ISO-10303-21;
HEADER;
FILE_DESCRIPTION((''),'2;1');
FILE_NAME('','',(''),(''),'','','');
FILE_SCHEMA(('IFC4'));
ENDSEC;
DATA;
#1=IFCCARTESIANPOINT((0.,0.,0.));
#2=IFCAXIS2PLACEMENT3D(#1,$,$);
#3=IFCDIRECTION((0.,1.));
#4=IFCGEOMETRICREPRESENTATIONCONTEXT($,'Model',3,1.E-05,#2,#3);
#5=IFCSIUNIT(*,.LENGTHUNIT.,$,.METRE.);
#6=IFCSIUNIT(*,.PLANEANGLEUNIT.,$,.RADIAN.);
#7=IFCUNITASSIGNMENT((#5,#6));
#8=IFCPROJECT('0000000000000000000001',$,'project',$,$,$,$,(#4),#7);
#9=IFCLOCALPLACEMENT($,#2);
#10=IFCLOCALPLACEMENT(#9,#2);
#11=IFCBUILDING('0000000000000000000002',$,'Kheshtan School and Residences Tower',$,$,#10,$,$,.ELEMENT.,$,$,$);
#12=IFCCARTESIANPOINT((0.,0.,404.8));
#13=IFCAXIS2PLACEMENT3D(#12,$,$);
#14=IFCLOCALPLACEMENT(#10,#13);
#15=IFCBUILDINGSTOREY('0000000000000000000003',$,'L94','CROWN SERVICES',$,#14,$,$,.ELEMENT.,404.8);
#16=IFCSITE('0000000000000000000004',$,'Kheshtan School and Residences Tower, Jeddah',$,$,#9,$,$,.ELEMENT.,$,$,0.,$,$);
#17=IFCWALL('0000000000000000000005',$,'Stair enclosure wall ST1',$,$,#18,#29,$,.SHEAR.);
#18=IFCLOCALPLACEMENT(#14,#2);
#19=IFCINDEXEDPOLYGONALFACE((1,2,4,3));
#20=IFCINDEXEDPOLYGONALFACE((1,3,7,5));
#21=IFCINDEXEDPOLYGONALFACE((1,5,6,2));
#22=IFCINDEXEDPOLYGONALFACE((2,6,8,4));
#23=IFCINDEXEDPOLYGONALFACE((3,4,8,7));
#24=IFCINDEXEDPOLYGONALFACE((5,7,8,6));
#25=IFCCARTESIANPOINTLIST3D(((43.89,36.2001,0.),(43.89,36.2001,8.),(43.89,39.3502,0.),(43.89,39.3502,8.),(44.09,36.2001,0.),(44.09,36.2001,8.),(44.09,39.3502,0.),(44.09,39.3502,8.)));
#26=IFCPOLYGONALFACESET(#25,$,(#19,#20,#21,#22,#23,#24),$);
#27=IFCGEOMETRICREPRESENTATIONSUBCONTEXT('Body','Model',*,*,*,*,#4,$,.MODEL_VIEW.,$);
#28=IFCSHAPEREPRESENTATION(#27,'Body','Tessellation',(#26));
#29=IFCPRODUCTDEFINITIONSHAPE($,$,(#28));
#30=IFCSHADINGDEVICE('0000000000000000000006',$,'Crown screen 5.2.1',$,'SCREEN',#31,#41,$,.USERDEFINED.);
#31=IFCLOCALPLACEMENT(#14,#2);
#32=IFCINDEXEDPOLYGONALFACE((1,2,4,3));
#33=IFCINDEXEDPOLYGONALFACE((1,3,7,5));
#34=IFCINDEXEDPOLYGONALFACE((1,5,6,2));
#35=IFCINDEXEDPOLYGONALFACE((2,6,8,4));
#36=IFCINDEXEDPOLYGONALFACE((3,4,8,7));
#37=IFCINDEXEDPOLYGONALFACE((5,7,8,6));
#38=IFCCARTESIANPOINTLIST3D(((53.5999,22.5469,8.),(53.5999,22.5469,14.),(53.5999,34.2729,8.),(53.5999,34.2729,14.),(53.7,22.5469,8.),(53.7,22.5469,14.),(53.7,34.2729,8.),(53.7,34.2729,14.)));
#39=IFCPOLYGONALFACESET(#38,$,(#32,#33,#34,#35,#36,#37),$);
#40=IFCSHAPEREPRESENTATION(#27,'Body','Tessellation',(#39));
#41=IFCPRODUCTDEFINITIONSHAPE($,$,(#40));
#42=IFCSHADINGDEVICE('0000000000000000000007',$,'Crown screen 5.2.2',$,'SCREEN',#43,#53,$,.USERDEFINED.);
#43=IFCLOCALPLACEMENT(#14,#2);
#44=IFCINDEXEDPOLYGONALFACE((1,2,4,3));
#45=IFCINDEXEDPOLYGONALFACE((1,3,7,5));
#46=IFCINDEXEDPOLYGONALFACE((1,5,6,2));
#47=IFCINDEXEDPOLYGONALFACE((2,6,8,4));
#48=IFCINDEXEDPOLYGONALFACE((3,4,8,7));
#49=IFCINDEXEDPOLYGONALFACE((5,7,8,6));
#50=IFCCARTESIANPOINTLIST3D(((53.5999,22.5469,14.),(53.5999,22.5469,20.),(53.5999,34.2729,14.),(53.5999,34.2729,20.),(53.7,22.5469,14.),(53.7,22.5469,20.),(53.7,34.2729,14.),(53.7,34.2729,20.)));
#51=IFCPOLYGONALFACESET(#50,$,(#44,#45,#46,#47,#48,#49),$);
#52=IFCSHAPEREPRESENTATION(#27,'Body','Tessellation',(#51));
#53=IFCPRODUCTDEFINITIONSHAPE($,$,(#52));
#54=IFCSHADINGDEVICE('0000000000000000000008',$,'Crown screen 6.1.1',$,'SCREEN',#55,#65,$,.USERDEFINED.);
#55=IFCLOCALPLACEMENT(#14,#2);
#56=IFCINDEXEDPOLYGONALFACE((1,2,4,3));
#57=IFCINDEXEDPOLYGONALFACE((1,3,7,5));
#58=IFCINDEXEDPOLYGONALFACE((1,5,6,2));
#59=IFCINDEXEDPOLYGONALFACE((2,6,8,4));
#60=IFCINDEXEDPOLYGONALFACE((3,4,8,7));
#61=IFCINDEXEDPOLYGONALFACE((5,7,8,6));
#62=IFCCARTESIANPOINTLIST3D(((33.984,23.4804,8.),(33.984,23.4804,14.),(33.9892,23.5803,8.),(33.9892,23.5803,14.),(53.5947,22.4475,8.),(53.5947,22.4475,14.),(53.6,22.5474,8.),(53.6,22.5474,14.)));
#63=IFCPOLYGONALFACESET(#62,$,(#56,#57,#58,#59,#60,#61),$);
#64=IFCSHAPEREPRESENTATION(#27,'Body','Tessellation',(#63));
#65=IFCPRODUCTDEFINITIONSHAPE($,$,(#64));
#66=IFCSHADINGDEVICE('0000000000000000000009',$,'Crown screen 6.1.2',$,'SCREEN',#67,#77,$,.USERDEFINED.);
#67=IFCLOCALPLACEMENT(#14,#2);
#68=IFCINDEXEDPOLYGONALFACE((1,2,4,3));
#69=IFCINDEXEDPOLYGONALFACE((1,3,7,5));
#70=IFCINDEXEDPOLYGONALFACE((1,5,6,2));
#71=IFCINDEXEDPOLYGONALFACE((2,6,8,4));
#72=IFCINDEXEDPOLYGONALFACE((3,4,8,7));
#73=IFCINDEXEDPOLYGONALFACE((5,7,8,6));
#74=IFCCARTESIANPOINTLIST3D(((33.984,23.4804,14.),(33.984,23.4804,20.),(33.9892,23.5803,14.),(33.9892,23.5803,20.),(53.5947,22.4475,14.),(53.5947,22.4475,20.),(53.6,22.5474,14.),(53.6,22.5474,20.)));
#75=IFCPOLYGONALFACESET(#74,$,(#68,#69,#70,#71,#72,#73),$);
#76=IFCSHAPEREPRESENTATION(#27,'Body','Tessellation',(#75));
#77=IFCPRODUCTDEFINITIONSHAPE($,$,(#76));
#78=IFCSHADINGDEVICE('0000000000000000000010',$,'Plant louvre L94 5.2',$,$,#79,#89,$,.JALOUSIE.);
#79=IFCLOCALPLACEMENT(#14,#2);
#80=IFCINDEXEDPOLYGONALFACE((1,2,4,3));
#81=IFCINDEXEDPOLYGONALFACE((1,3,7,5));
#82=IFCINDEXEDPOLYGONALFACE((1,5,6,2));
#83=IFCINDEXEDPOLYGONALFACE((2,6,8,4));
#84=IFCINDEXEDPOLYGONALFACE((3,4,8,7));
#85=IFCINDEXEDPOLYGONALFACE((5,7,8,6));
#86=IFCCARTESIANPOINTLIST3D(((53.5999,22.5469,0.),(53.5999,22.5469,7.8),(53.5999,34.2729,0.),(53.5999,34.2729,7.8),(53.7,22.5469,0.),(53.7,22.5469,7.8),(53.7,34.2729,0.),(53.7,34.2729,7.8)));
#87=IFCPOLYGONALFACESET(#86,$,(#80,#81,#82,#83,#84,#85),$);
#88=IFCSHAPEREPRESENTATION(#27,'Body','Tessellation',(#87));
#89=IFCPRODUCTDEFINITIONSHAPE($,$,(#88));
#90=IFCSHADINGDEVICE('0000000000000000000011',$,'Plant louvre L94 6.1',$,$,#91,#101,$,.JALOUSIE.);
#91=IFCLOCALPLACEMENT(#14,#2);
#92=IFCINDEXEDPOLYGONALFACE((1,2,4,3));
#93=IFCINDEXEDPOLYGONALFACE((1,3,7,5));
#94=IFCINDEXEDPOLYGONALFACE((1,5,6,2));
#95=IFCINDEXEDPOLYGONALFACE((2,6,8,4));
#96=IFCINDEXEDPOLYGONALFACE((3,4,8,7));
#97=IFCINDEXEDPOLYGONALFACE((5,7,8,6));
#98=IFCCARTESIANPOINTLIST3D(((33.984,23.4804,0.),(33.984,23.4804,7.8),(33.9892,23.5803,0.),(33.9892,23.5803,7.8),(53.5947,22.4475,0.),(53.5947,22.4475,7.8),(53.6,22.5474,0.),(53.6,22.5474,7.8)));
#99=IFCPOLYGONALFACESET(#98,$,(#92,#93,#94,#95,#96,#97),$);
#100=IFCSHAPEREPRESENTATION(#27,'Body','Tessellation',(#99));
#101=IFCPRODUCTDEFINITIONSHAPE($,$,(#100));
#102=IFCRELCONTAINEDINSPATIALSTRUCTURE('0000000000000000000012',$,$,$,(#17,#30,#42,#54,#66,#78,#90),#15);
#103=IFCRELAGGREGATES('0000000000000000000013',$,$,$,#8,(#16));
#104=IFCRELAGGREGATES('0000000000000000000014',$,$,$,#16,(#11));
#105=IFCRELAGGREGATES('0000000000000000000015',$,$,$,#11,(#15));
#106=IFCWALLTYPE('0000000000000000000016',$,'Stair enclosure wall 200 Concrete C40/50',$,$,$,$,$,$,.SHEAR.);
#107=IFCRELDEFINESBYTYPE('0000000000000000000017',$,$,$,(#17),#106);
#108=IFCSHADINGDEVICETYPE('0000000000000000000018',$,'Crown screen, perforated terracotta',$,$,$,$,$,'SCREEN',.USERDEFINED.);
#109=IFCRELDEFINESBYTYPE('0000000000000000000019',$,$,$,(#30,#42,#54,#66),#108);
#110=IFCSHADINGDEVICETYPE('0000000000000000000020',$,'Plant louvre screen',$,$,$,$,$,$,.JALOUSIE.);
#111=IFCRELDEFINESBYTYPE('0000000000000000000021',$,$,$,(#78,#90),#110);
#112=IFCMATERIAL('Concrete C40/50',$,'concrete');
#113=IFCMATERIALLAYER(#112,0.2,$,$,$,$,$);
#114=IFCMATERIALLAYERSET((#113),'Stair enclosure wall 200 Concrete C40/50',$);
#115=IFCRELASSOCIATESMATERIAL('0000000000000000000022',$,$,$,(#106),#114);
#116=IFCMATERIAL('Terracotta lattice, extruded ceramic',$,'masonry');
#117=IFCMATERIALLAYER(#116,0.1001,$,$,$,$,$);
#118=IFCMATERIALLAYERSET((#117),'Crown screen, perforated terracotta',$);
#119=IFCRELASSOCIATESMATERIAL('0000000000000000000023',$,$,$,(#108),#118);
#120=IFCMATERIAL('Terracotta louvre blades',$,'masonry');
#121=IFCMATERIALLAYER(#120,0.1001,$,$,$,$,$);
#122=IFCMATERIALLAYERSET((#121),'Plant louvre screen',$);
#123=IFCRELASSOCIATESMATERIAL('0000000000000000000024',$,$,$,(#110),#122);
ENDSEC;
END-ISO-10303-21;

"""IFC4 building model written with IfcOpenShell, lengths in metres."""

from ifc_helpers import new_model, si_unit, direction, frame, frame_2d, origin, origin_2d, place, context, subcontext, project, spatial, rectangle, extrude, material, layer, layer_set, type_object, element, save


model = new_model("IFC4")

# Units and contexts
model_context = context("Model", 3, precision=1e-05, world=origin(), true_north=direction((0.0, 1.0)))
body_context = subcontext(model_context, "Body", "Model", "MODEL_VIEW")
ifc_project = project(units=[si_unit("LENGTHUNIT", "METRE"), si_unit("PLANEANGLEUNIT", "RADIAN")], contexts=[model_context])

# Site, building, storey
site_placement = place(None, origin())
site = spatial("IfcSite", under=ifc_project, at=site_placement, Name="Kheshtan School and Residences Tower, Jeddah", CompositionType="ELEMENT", RefElevation=0.0)
building_placement = place(site_placement, origin())
building = spatial("IfcBuilding", under=site, at=building_placement, Name="Kheshtan School and Residences Tower", CompositionType="ELEMENT")
storey_placement = place(building_placement, frame((0.0, 0.0, 404.8)))
storey = spatial("IfcBuildingStorey", under=building, at=storey_placement, Name="L94", Description="CROWN SERVICES", CompositionType="ELEMENT", Elevation=404.8)

# Wall
ifc_material_1 = material(Name="Concrete C40/50", Category="concrete")
ifc_layer_1 = layer(ifc_material_1, 0.2)
ifc_layer_set_1 = layer_set([ifc_layer_1], Name="Stair enclosure wall 200 Concrete C40/50")
wall_type_1 = type_object("IfcWallType", Name="Stair enclosure wall 200 Concrete C40/50", PredefinedType="SHEAR", material=ifc_layer_set_1)
wall_1_placement = place(storey_placement, frame((43.99, 36.2, 0.0), z_axis=(0.0, 0.0, 1.0), x_axis=(0.0, 1.0, 0.0)))
element("IfcWall", 1, at=wall_1_placement, inside=storey, type_object=wall_type_1, Name="Stair enclosure wall ST1", PredefinedType="SHEAR", context=body_context, shape_type="SweptSolid", body=[
    extrude(rectangle(XDim=3.1501, YDim=0.2, at=frame_2d((1.5752, 0.0))), origin(), (0.0, 0.0, 1.0), 8.0),
])

# Shading devices
ifc_material_2 = material(Name="Terracotta lattice, extruded ceramic", Category="masonry")
ifc_layer_2 = layer(ifc_material_2, 0.1001)
ifc_layer_set_2 = layer_set([ifc_layer_2], Name="Crown screen, perforated terracotta")
shading_device_type_1 = type_object("IfcShadingDeviceType", Name="Crown screen, perforated terracotta", ElementType="SCREEN", PredefinedType="USERDEFINED", material=ifc_layer_set_2)
for number, where, z_axis, x_axis, name in (
    (2, (53.6499, 28.4099, 8.0), (0.0, 0.0, 1.0), (0.0, -1.0, 0.0), "Crown screen 5.2.1"),
    (3, (53.6499, 28.4099, 14.0), (0.0, 0.0, 1.0), (0.0, -1.0, 0.0), "Crown screen 5.2.2"),
):
    element("IfcShadingDevice", number, at=place(storey_placement, frame(where, z_axis=z_axis, x_axis=x_axis)), inside=storey, type_object=shading_device_type_1, Name=name, ObjectType="SCREEN", PredefinedType="USERDEFINED", context=body_context, shape_type="SweptSolid", body=[
        extrude(rectangle(XDim=11.7261, YDim=0.1001, at=origin_2d()), origin(), (0.0, 0.0, 1.0), 6.0),
    ])
for number, where, z_axis, x_axis, name in (
    (4, (43.792, 23.0139, 8.0), (0.0, 0.0, 1.0), (-0.998616, 0.052597, 0.0), "Crown screen 6.1.1"),
    (5, (43.792, 23.0139, 14.0), (0.0, 0.0, 1.0), (-0.998616, 0.052597, 0.0), "Crown screen 6.1.2"),
):
    element("IfcShadingDevice", number, at=place(storey_placement, frame(where, z_axis=z_axis, x_axis=x_axis)), inside=storey, type_object=shading_device_type_1, Name=name, ObjectType="SCREEN", PredefinedType="USERDEFINED", context=body_context, shape_type="SweptSolid", body=[
        extrude(rectangle(XDim=19.6379, YDim=0.1001, at=origin_2d()), origin(), (0.0, 0.0, 1.0), 6.0),
    ])
ifc_material_3 = material(Name="Terracotta louvre blades", Category="masonry")
ifc_layer_3 = layer(ifc_material_3, 0.1001)
ifc_layer_set_3 = layer_set([ifc_layer_3], Name="Plant louvre screen")
shading_device_type_2 = type_object("IfcShadingDeviceType", Name="Plant louvre screen", PredefinedType="JALOUSIE", material=ifc_layer_set_3)
shading_device_1_placement = place(storey_placement, frame((53.6499, 28.4099, 0.0), z_axis=(0.0, 0.0, 1.0), x_axis=(0.0, -1.0, 0.0)))
element("IfcShadingDevice", 6, at=shading_device_1_placement, inside=storey, type_object=shading_device_type_2, Name="Plant louvre L94 5.2", PredefinedType="JALOUSIE", context=body_context, shape_type="SweptSolid", body=[
    extrude(rectangle(XDim=11.7261, YDim=0.1001, at=origin_2d()), origin(), (0.0, 0.0, 1.0), 7.8),
])
shading_device_2_placement = place(storey_placement, frame((43.792, 23.0139, 0.0), z_axis=(0.0, 0.0, 1.0), x_axis=(-0.998616, 0.052597, 0.0)))
element("IfcShadingDevice", 7, at=shading_device_2_placement, inside=storey, type_object=shading_device_type_2, Name="Plant louvre L94 6.1", PredefinedType="JALOUSIE", context=body_context, shape_type="SweptSolid", body=[
    extrude(rectangle(XDim=19.6379, YDim=0.1001, at=origin_2d()), origin(), (0.0, 0.0, 1.0), 7.8),
])

save(model, "model.ifc")
